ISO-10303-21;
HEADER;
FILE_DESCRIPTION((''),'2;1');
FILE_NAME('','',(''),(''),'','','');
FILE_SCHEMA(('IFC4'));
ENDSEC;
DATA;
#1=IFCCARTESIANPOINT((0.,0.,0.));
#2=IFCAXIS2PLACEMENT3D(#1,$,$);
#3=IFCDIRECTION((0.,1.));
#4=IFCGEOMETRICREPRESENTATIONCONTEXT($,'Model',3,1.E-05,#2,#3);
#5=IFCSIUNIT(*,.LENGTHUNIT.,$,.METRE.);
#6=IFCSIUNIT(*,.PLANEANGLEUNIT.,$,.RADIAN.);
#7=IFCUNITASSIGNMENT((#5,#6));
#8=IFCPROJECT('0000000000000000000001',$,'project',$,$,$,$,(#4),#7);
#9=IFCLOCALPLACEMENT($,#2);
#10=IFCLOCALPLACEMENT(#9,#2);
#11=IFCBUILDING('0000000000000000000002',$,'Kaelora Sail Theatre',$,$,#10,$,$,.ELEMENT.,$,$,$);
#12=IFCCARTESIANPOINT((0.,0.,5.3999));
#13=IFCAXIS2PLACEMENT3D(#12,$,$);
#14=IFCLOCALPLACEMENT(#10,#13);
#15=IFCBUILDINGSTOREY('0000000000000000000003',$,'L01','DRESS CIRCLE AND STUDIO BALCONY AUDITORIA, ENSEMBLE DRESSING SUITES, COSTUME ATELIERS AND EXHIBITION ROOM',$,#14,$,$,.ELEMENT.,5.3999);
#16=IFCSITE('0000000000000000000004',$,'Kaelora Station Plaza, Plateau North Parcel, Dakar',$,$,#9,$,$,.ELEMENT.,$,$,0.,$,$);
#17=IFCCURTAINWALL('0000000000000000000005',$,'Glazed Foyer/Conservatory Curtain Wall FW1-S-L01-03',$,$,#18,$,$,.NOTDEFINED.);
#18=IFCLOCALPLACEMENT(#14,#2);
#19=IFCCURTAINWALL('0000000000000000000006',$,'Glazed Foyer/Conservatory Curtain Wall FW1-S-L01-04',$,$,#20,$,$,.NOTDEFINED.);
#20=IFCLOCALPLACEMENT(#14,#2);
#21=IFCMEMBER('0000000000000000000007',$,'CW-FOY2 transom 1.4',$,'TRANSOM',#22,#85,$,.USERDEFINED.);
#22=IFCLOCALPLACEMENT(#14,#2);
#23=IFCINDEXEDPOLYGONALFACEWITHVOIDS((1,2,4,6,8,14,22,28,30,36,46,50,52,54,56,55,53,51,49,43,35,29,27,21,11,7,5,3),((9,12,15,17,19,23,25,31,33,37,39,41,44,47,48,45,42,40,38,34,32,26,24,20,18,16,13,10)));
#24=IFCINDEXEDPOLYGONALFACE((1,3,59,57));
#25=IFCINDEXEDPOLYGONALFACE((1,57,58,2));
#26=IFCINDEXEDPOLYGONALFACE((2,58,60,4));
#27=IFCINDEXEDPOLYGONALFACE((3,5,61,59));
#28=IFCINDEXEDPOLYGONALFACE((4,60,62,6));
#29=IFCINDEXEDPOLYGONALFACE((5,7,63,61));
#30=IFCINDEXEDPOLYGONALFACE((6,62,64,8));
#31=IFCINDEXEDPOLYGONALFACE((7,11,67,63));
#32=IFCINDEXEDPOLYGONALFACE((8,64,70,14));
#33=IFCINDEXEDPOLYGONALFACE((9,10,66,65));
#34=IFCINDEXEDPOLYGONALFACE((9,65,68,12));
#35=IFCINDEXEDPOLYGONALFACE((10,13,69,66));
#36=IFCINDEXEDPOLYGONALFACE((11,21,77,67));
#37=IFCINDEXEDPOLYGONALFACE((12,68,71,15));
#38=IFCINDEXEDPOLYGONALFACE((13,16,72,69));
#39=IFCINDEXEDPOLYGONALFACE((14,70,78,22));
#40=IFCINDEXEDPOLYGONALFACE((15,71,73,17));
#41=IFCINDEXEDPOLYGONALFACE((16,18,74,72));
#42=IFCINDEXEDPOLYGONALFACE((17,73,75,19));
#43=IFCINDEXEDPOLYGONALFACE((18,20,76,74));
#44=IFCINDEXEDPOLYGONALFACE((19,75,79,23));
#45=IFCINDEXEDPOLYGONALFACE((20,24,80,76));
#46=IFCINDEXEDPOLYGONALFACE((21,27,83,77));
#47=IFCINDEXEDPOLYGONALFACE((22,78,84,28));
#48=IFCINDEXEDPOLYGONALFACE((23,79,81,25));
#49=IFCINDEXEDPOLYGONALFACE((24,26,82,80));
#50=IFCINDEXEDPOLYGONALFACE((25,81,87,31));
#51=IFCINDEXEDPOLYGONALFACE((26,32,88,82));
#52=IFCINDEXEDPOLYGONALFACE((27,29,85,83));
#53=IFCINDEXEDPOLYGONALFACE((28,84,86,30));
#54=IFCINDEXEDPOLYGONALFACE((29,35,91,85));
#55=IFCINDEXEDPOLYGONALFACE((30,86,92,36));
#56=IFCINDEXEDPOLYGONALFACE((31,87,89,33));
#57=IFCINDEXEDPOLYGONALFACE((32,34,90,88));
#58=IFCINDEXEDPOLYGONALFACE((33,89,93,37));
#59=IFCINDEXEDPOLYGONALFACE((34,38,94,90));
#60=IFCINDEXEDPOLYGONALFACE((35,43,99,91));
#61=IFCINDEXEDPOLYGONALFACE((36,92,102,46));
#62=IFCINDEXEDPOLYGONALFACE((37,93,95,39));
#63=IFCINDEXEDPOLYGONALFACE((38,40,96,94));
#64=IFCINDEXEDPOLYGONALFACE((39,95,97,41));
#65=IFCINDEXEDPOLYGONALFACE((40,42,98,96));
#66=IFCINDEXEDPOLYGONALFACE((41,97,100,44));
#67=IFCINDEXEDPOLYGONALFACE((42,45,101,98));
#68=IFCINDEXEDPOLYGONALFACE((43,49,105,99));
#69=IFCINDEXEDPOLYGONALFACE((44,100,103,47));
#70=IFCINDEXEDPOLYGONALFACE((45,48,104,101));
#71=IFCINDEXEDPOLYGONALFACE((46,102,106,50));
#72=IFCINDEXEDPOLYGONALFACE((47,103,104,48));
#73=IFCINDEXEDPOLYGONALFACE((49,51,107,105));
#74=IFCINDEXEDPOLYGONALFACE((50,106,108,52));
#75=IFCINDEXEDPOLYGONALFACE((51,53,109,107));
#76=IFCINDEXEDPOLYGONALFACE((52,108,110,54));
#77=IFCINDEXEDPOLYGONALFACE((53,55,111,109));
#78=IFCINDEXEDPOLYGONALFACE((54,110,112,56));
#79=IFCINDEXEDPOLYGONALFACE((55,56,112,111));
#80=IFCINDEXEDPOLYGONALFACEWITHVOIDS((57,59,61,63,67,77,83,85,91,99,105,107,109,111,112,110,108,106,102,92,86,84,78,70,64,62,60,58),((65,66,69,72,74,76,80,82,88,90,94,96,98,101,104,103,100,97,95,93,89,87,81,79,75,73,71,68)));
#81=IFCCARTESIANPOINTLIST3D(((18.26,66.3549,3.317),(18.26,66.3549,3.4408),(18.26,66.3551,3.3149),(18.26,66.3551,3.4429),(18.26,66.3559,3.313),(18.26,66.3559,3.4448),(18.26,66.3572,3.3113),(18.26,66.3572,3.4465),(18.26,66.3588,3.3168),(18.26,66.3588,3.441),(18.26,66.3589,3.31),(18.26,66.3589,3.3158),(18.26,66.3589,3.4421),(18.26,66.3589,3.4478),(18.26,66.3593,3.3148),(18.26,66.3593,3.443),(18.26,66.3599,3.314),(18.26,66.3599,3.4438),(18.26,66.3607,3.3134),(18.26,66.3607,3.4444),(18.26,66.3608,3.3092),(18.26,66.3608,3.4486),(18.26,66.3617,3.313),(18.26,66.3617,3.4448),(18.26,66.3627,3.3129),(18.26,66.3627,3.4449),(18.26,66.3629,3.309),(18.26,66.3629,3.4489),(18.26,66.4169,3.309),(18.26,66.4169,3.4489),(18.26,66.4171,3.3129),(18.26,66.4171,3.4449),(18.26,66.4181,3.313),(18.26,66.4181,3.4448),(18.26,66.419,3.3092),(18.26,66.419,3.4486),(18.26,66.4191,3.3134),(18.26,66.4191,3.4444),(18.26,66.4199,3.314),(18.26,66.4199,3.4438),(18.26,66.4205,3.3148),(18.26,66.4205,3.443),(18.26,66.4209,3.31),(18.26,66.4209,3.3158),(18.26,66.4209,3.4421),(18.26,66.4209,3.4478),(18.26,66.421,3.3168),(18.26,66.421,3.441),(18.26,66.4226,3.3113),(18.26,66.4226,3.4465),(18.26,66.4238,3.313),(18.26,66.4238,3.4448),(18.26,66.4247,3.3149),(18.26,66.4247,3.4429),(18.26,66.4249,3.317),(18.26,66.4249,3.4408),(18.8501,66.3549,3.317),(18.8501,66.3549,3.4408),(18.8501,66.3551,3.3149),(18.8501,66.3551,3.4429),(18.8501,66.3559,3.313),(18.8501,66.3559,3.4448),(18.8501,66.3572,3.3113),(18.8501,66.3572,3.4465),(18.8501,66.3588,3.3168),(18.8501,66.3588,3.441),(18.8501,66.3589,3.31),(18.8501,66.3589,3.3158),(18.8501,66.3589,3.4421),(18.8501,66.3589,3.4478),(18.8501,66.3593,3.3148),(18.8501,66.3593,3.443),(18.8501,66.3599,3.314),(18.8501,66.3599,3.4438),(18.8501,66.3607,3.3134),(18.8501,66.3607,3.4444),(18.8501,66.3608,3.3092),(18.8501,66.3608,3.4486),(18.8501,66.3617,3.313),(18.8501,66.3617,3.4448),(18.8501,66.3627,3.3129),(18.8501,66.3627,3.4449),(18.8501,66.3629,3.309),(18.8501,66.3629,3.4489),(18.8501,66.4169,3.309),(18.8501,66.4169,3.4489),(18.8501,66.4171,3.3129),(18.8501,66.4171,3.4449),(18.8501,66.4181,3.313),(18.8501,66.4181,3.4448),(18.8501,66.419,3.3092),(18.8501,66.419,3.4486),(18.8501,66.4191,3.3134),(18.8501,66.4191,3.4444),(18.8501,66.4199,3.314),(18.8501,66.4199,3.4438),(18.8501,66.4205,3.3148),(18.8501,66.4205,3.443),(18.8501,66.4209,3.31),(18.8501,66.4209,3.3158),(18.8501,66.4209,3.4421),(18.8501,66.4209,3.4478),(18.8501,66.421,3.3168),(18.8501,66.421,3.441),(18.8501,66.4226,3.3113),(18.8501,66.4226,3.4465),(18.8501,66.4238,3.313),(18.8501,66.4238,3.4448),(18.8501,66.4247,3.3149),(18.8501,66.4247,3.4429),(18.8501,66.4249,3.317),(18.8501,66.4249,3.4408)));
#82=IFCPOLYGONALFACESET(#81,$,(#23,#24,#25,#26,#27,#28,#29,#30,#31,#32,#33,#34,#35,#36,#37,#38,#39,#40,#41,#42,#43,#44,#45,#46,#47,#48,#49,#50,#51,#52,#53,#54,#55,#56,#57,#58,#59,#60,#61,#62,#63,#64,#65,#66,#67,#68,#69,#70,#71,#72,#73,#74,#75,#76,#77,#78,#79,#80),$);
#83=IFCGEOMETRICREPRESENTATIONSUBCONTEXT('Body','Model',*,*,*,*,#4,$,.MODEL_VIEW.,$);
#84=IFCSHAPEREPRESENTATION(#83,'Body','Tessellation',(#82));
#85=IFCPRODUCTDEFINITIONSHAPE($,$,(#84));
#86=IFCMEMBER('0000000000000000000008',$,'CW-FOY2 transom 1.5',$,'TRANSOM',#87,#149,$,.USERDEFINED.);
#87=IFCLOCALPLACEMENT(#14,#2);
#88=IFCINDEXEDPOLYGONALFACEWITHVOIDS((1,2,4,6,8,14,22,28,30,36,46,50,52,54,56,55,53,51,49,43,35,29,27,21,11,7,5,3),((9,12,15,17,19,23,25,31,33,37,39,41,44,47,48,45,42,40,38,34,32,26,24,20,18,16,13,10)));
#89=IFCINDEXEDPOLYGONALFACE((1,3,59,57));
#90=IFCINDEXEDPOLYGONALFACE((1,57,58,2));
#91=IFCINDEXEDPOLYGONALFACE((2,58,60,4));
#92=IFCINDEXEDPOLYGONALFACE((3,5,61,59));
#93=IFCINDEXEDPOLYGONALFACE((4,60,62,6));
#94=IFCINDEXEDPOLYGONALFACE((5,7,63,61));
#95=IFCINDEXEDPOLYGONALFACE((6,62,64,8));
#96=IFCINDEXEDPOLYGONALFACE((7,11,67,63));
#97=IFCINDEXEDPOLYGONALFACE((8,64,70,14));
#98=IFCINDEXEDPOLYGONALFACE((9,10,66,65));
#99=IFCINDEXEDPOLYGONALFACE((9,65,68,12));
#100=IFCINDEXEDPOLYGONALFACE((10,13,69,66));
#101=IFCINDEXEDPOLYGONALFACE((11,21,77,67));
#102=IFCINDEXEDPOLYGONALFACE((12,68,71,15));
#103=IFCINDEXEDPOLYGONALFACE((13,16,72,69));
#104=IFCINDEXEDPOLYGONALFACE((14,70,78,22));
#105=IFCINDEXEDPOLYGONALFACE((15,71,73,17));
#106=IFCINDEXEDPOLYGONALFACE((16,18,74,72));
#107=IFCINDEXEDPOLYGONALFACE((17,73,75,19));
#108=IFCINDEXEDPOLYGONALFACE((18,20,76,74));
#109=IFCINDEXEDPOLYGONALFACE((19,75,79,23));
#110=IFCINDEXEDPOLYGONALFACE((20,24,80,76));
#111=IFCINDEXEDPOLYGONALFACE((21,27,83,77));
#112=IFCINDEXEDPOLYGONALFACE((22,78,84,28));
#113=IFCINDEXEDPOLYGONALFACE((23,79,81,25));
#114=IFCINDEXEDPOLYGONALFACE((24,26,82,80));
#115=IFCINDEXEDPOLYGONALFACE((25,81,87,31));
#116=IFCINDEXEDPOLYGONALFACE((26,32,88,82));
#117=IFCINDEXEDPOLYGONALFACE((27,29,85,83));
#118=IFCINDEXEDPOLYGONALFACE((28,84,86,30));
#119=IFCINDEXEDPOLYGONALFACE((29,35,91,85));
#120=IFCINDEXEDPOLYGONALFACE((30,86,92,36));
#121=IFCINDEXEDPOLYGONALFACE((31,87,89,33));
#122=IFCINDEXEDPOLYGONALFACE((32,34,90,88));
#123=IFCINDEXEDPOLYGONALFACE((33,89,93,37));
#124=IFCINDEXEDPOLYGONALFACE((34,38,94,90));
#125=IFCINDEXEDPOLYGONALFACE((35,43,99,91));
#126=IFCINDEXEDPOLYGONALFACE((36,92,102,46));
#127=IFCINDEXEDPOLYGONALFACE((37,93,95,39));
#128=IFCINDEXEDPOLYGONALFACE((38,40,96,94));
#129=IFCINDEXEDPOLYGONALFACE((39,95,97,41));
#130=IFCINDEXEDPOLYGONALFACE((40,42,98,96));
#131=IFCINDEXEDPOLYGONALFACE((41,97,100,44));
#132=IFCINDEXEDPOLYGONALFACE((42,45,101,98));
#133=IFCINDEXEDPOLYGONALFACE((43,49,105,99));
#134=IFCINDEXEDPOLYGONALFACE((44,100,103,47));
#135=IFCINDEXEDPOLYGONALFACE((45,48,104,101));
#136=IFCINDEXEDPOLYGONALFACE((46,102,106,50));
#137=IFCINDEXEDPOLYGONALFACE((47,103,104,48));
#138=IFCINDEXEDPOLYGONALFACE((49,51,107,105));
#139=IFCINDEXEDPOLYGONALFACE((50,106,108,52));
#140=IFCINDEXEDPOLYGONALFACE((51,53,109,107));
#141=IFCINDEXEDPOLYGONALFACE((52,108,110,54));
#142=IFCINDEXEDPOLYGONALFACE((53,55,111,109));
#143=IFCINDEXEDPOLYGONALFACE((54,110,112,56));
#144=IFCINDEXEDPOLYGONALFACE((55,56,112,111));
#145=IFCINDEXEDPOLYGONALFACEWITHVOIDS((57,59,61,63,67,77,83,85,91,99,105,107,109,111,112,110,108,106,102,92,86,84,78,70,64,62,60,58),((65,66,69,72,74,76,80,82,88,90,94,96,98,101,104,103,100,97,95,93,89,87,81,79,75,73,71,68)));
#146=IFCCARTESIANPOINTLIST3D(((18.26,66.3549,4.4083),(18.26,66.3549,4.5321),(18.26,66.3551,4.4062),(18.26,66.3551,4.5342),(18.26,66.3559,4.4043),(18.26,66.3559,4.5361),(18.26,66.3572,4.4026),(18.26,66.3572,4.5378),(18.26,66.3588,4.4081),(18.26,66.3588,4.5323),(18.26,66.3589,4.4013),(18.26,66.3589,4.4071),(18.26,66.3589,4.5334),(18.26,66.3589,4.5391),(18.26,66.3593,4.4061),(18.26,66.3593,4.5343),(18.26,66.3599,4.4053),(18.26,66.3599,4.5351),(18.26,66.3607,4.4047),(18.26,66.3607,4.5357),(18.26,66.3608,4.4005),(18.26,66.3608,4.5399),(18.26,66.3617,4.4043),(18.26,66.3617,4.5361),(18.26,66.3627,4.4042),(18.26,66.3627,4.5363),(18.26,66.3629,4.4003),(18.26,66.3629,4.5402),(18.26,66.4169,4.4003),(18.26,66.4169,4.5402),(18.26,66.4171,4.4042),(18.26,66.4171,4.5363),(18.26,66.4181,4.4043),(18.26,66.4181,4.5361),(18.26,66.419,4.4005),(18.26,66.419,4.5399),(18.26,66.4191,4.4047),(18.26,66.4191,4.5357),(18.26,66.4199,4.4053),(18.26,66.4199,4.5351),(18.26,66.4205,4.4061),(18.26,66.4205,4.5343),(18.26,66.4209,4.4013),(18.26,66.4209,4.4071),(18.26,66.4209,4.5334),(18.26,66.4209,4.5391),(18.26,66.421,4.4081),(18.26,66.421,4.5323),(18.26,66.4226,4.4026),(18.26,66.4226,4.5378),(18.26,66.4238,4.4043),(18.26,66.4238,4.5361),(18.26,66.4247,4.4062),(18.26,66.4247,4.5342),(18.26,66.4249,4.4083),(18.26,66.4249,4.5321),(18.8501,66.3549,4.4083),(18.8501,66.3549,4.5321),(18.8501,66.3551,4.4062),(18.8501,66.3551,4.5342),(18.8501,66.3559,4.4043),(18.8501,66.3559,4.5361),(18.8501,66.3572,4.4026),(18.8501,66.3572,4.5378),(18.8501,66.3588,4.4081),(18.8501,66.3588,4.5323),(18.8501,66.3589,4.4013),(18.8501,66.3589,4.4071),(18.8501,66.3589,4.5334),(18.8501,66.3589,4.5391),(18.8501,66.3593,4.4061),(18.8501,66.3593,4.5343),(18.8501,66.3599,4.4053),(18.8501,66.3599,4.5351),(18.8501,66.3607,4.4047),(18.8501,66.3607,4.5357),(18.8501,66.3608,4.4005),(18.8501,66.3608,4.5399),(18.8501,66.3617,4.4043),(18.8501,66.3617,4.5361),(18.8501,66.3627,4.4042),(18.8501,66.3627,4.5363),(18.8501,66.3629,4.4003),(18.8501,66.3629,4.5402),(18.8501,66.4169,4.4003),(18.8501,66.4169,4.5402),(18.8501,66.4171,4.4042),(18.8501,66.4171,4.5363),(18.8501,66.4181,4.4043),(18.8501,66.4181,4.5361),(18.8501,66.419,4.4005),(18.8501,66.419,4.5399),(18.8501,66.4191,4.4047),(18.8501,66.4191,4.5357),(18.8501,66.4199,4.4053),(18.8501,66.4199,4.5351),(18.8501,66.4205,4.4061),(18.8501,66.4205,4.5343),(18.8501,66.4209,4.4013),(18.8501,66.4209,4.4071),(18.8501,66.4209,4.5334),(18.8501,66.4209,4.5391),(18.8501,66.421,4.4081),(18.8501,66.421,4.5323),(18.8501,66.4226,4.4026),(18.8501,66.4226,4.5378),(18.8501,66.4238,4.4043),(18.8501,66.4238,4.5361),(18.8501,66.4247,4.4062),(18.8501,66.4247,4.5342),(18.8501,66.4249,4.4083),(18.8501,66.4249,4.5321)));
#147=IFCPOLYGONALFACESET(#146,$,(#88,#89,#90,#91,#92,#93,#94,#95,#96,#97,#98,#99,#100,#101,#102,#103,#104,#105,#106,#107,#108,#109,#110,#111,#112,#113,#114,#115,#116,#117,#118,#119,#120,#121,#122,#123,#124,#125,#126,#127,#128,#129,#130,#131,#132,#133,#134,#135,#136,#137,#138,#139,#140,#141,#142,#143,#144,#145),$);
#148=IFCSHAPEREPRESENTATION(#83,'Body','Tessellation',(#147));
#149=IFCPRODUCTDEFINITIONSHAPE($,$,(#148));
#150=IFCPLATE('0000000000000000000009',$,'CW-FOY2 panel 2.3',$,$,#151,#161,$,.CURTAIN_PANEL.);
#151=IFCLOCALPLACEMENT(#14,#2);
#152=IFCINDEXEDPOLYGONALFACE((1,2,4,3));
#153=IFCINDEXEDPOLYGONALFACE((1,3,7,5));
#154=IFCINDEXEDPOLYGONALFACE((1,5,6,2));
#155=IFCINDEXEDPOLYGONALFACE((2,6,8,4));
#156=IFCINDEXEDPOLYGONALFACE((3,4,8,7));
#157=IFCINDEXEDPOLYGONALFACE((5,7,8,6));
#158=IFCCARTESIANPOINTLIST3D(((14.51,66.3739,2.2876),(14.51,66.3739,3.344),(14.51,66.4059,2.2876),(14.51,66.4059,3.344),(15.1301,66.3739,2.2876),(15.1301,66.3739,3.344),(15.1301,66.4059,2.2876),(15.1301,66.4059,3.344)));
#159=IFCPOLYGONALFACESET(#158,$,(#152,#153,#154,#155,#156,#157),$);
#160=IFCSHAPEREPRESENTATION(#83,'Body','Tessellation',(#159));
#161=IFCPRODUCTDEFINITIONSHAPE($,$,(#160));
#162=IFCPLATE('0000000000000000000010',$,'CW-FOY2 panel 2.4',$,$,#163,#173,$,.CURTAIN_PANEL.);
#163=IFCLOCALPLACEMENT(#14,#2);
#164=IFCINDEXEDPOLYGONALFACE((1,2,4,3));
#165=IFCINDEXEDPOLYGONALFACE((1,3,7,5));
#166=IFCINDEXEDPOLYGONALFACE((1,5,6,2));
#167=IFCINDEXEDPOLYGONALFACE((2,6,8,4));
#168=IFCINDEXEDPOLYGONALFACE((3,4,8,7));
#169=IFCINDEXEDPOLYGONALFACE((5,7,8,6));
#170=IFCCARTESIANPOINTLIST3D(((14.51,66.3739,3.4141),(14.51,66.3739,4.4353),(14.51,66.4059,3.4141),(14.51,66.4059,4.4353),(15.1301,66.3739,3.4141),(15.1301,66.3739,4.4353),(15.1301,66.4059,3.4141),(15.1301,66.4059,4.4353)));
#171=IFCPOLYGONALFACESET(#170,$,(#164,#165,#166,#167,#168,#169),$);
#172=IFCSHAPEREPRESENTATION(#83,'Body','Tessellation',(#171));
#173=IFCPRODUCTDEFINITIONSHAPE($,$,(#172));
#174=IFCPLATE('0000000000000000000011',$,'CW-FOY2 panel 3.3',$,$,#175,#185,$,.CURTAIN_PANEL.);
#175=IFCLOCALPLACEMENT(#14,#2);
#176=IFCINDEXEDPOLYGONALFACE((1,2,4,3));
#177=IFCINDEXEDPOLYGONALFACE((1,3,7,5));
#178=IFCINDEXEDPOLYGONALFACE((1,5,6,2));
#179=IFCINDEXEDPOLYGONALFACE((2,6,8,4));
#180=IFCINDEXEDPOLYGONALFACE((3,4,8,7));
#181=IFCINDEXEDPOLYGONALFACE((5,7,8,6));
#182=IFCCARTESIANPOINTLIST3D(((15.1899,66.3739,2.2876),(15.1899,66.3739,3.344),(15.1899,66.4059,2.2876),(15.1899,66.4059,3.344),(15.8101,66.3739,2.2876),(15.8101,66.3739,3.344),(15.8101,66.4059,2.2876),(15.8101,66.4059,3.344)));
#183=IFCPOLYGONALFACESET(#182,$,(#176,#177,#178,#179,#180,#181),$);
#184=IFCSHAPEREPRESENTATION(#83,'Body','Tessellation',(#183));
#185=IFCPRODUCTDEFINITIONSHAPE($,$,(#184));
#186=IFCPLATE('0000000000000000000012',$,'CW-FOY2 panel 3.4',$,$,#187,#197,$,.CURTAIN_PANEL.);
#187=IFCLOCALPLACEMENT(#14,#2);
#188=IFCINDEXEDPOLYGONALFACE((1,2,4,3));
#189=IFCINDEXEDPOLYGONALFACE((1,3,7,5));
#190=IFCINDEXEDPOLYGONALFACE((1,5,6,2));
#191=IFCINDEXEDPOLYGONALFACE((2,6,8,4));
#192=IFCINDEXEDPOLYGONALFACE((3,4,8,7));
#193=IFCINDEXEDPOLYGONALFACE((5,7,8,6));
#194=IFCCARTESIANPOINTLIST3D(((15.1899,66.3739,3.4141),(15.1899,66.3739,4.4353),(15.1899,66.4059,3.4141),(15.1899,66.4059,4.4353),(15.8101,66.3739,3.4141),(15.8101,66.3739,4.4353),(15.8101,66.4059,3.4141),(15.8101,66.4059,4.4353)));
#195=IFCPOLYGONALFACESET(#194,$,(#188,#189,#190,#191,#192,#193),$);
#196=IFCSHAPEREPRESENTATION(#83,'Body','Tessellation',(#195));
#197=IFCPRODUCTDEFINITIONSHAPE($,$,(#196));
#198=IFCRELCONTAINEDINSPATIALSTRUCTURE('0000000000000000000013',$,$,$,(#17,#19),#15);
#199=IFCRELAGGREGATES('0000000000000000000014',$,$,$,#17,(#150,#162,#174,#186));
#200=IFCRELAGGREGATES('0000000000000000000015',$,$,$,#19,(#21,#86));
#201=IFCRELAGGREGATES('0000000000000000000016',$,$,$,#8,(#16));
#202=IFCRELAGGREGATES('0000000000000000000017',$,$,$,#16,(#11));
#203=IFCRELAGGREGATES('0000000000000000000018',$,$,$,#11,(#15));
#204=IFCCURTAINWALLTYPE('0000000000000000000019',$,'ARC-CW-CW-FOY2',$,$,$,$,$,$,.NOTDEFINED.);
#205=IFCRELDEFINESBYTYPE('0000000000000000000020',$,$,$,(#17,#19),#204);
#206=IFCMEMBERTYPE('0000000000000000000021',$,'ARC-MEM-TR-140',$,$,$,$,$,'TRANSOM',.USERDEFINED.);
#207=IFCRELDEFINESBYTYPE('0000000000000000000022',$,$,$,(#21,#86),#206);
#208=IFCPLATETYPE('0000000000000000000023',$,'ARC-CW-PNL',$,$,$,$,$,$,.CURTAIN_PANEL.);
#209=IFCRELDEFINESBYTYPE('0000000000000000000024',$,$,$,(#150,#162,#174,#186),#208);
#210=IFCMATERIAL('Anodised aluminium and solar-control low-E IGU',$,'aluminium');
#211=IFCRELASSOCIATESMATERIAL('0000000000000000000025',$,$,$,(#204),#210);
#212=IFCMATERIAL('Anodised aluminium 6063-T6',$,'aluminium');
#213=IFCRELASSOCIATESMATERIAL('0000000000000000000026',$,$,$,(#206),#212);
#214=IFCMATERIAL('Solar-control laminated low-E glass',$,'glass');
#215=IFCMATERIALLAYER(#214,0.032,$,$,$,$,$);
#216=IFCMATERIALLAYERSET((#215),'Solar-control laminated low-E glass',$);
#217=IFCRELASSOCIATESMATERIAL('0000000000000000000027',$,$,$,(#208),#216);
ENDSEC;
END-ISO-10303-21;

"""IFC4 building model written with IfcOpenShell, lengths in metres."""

from ifc_helpers import new_model, si_unit, direction, frame, origin, origin_2d, place, context, subcontext, project, spatial, rectangle, hollow_rectangle, extrude, material, layer, layer_set, material_profile, profile_set, type_object, element, aggregate, save


model = new_model("IFC4")

# Units and contexts
model_context = context("Model", 3, precision=1e-05, world=origin(), true_north=direction((0.0, 1.0)))
body_context = subcontext(model_context, "Body", "Model", "MODEL_VIEW")
ifc_project = project(units=[si_unit("LENGTHUNIT", "METRE"), si_unit("PLANEANGLEUNIT", "RADIAN")], contexts=[model_context])

# Site, building, storey
site_placement = place(None, origin())
site = spatial("IfcSite", under=ifc_project, at=site_placement, Name="Kaelora Station Plaza, Plateau North Parcel, Dakar", CompositionType="ELEMENT", RefElevation=0.0)
building_placement = place(site_placement, origin())
building = spatial("IfcBuilding", under=site, at=building_placement, Name="Kaelora Sail Theatre", CompositionType="ELEMENT")
storey_placement = place(building_placement, frame((0.0, 0.0, 5.3999)))
storey = spatial("IfcBuildingStorey", under=building, at=storey_placement, Name="L01", Description="DRESS CIRCLE AND STUDIO BALCONY AUDITORIA, ENSEMBLE DRESSING SUITES, COSTUME ATELIERS AND EXHIBITION ROOM", CompositionType="ELEMENT", Elevation=5.3999)

# Curtain walls, members
ifc_material_1 = material(Name="Anodised aluminium and solar-control low-E IGU", Category="aluminium")
curtain_wall_type = type_object("IfcCurtainWallType", Name="ARC-CW-CW-FOY2", PredefinedType="NOTDEFINED", material=ifc_material_1)
curtain_wall_1_placement = place(storey_placement, origin())
curtain_wall_1 = element("IfcCurtainWall", 1, at=curtain_wall_1_placement, inside=storey, type_object=curtain_wall_type, Name="Glazed Foyer/Conservatory Curtain Wall FW1-S-L01-03", PredefinedType="NOTDEFINED")
ifc_material_2 = material(Name="Anodised aluminium 6063-T6", Category="aluminium")
ifc_material_profile = material_profile(ifc_material_2, hollow_rectangle(XDim=0.0701, YDim=0.1399, WallThickness=0.0039, InnerFilletRadius=0.0039, OuterFilletRadius=0.0081, at=origin_2d()), Name="ALU-TRAN 70x140x4")
ifc_profile_set = profile_set([ifc_material_profile], Name="Anodised aluminium 6063-T6")
member_type = type_object("IfcMemberType", Name="ARC-MEM-TR-140", ElementType="TRANSOM", PredefinedType="USERDEFINED", material=ifc_profile_set)
curtain_wall_2_placement = place(storey_placement, origin())
curtain_wall_2 = element("IfcCurtainWall", 2, at=curtain_wall_2_placement, inside=storey, type_object=curtain_wall_type, Name="Glazed Foyer/Conservatory Curtain Wall FW1-S-L01-04", PredefinedType="NOTDEFINED")
member_1_placement = place(storey_placement, frame((18.26, 66.3899, 3.3789), z_axis=(1.0, 0.0, 0.0), x_axis=(0.0, 1.0, 0.0)))
member_1 = element("IfcMember", 3, at=member_1_placement, type_object=member_type, Name="CW-FOY2 transom 1.4", ObjectType="TRANSOM", PredefinedType="USERDEFINED", context=body_context, shape_type="SweptSolid", body=[
    extrude(hollow_rectangle(XDim=0.0701, YDim=0.1399, WallThickness=0.0039, InnerFilletRadius=0.0039, OuterFilletRadius=0.0081, at=origin_2d()), origin(), (0.0, 0.0, 1.0), 0.5901),
])
member_2_placement = place(storey_placement, frame((18.26, 66.3899, 4.4702), z_axis=(1.0, 0.0, 0.0), x_axis=(0.0, 1.0, 0.0)))
member_2 = element("IfcMember", 4, at=member_2_placement, type_object=member_type, Name="CW-FOY2 transom 1.5", ObjectType="TRANSOM", PredefinedType="USERDEFINED", context=body_context, shape_type="SweptSolid", body=[
    extrude(hollow_rectangle(XDim=0.0701, YDim=0.1399, WallThickness=0.0039, InnerFilletRadius=0.0039, OuterFilletRadius=0.0081, at=origin_2d()), origin(), (0.0, 0.0, 1.0), 0.5901),
])

# Plates
ifc_material_3 = material(Name="Solar-control laminated low-E glass", Category="glass")
ifc_layer = layer(ifc_material_3, 0.032)
ifc_layer_set = layer_set([ifc_layer], Name="Solar-control laminated low-E glass")
plate_type = type_object("IfcPlateType", Name="ARC-CW-PNL", PredefinedType="CURTAIN_PANEL", material=ifc_layer_set)
plate_1_placement = place(storey_placement, frame((14.8201, 66.3899, 2.2876), z_axis=(0.0, 0.0, 1.0), x_axis=(1.0, 0.0, 0.0)))
plate_1 = element("IfcPlate", 5, at=plate_1_placement, type_object=plate_type, Name="CW-FOY2 panel 2.3", PredefinedType="CURTAIN_PANEL", context=body_context, shape_type="SweptSolid", body=[
    extrude(rectangle(XDim=0.6201, YDim=0.032, at=origin_2d()), origin(), (0.0, 0.0, 1.0), 1.0564),
])
plate_2_placement = place(storey_placement, frame((14.8201, 66.3899, 3.4141), z_axis=(0.0, 0.0, 1.0), x_axis=(1.0, 0.0, 0.0)))
plate_2 = element("IfcPlate", 6, at=plate_2_placement, type_object=plate_type, Name="CW-FOY2 panel 2.4", PredefinedType="CURTAIN_PANEL", context=body_context, shape_type="SweptSolid", body=[
    extrude(rectangle(XDim=0.6201, YDim=0.032, at=origin_2d()), origin(), (0.0, 0.0, 1.0), 1.0212),
])
plate_3_placement = place(storey_placement, frame((15.5, 66.3899, 2.2876), z_axis=(0.0, 0.0, 1.0), x_axis=(1.0, 0.0, 0.0)))
plate_3 = element("IfcPlate", 7, at=plate_3_placement, type_object=plate_type, Name="CW-FOY2 panel 3.3", PredefinedType="CURTAIN_PANEL", context=body_context, shape_type="SweptSolid", body=[
    extrude(rectangle(XDim=0.6201, YDim=0.032, at=origin_2d()), origin(), (0.0, 0.0, 1.0), 1.0564),
])
plate_4_placement = place(storey_placement, frame((15.5, 66.3899, 3.4141), z_axis=(0.0, 0.0, 1.0), x_axis=(1.0, 0.0, 0.0)))
plate_4 = element("IfcPlate", 8, at=plate_4_placement, type_object=plate_type, Name="CW-FOY2 panel 3.4", PredefinedType="CURTAIN_PANEL", context=body_context, shape_type="SweptSolid", body=[
    extrude(rectangle(XDim=0.6201, YDim=0.032, at=origin_2d()), origin(), (0.0, 0.0, 1.0), 1.0212),
])
aggregate(curtain_wall_1, [plate_1, plate_2, plate_3, plate_4])
aggregate(curtain_wall_2, [member_1, member_2])

save(model, "model.ifc")
